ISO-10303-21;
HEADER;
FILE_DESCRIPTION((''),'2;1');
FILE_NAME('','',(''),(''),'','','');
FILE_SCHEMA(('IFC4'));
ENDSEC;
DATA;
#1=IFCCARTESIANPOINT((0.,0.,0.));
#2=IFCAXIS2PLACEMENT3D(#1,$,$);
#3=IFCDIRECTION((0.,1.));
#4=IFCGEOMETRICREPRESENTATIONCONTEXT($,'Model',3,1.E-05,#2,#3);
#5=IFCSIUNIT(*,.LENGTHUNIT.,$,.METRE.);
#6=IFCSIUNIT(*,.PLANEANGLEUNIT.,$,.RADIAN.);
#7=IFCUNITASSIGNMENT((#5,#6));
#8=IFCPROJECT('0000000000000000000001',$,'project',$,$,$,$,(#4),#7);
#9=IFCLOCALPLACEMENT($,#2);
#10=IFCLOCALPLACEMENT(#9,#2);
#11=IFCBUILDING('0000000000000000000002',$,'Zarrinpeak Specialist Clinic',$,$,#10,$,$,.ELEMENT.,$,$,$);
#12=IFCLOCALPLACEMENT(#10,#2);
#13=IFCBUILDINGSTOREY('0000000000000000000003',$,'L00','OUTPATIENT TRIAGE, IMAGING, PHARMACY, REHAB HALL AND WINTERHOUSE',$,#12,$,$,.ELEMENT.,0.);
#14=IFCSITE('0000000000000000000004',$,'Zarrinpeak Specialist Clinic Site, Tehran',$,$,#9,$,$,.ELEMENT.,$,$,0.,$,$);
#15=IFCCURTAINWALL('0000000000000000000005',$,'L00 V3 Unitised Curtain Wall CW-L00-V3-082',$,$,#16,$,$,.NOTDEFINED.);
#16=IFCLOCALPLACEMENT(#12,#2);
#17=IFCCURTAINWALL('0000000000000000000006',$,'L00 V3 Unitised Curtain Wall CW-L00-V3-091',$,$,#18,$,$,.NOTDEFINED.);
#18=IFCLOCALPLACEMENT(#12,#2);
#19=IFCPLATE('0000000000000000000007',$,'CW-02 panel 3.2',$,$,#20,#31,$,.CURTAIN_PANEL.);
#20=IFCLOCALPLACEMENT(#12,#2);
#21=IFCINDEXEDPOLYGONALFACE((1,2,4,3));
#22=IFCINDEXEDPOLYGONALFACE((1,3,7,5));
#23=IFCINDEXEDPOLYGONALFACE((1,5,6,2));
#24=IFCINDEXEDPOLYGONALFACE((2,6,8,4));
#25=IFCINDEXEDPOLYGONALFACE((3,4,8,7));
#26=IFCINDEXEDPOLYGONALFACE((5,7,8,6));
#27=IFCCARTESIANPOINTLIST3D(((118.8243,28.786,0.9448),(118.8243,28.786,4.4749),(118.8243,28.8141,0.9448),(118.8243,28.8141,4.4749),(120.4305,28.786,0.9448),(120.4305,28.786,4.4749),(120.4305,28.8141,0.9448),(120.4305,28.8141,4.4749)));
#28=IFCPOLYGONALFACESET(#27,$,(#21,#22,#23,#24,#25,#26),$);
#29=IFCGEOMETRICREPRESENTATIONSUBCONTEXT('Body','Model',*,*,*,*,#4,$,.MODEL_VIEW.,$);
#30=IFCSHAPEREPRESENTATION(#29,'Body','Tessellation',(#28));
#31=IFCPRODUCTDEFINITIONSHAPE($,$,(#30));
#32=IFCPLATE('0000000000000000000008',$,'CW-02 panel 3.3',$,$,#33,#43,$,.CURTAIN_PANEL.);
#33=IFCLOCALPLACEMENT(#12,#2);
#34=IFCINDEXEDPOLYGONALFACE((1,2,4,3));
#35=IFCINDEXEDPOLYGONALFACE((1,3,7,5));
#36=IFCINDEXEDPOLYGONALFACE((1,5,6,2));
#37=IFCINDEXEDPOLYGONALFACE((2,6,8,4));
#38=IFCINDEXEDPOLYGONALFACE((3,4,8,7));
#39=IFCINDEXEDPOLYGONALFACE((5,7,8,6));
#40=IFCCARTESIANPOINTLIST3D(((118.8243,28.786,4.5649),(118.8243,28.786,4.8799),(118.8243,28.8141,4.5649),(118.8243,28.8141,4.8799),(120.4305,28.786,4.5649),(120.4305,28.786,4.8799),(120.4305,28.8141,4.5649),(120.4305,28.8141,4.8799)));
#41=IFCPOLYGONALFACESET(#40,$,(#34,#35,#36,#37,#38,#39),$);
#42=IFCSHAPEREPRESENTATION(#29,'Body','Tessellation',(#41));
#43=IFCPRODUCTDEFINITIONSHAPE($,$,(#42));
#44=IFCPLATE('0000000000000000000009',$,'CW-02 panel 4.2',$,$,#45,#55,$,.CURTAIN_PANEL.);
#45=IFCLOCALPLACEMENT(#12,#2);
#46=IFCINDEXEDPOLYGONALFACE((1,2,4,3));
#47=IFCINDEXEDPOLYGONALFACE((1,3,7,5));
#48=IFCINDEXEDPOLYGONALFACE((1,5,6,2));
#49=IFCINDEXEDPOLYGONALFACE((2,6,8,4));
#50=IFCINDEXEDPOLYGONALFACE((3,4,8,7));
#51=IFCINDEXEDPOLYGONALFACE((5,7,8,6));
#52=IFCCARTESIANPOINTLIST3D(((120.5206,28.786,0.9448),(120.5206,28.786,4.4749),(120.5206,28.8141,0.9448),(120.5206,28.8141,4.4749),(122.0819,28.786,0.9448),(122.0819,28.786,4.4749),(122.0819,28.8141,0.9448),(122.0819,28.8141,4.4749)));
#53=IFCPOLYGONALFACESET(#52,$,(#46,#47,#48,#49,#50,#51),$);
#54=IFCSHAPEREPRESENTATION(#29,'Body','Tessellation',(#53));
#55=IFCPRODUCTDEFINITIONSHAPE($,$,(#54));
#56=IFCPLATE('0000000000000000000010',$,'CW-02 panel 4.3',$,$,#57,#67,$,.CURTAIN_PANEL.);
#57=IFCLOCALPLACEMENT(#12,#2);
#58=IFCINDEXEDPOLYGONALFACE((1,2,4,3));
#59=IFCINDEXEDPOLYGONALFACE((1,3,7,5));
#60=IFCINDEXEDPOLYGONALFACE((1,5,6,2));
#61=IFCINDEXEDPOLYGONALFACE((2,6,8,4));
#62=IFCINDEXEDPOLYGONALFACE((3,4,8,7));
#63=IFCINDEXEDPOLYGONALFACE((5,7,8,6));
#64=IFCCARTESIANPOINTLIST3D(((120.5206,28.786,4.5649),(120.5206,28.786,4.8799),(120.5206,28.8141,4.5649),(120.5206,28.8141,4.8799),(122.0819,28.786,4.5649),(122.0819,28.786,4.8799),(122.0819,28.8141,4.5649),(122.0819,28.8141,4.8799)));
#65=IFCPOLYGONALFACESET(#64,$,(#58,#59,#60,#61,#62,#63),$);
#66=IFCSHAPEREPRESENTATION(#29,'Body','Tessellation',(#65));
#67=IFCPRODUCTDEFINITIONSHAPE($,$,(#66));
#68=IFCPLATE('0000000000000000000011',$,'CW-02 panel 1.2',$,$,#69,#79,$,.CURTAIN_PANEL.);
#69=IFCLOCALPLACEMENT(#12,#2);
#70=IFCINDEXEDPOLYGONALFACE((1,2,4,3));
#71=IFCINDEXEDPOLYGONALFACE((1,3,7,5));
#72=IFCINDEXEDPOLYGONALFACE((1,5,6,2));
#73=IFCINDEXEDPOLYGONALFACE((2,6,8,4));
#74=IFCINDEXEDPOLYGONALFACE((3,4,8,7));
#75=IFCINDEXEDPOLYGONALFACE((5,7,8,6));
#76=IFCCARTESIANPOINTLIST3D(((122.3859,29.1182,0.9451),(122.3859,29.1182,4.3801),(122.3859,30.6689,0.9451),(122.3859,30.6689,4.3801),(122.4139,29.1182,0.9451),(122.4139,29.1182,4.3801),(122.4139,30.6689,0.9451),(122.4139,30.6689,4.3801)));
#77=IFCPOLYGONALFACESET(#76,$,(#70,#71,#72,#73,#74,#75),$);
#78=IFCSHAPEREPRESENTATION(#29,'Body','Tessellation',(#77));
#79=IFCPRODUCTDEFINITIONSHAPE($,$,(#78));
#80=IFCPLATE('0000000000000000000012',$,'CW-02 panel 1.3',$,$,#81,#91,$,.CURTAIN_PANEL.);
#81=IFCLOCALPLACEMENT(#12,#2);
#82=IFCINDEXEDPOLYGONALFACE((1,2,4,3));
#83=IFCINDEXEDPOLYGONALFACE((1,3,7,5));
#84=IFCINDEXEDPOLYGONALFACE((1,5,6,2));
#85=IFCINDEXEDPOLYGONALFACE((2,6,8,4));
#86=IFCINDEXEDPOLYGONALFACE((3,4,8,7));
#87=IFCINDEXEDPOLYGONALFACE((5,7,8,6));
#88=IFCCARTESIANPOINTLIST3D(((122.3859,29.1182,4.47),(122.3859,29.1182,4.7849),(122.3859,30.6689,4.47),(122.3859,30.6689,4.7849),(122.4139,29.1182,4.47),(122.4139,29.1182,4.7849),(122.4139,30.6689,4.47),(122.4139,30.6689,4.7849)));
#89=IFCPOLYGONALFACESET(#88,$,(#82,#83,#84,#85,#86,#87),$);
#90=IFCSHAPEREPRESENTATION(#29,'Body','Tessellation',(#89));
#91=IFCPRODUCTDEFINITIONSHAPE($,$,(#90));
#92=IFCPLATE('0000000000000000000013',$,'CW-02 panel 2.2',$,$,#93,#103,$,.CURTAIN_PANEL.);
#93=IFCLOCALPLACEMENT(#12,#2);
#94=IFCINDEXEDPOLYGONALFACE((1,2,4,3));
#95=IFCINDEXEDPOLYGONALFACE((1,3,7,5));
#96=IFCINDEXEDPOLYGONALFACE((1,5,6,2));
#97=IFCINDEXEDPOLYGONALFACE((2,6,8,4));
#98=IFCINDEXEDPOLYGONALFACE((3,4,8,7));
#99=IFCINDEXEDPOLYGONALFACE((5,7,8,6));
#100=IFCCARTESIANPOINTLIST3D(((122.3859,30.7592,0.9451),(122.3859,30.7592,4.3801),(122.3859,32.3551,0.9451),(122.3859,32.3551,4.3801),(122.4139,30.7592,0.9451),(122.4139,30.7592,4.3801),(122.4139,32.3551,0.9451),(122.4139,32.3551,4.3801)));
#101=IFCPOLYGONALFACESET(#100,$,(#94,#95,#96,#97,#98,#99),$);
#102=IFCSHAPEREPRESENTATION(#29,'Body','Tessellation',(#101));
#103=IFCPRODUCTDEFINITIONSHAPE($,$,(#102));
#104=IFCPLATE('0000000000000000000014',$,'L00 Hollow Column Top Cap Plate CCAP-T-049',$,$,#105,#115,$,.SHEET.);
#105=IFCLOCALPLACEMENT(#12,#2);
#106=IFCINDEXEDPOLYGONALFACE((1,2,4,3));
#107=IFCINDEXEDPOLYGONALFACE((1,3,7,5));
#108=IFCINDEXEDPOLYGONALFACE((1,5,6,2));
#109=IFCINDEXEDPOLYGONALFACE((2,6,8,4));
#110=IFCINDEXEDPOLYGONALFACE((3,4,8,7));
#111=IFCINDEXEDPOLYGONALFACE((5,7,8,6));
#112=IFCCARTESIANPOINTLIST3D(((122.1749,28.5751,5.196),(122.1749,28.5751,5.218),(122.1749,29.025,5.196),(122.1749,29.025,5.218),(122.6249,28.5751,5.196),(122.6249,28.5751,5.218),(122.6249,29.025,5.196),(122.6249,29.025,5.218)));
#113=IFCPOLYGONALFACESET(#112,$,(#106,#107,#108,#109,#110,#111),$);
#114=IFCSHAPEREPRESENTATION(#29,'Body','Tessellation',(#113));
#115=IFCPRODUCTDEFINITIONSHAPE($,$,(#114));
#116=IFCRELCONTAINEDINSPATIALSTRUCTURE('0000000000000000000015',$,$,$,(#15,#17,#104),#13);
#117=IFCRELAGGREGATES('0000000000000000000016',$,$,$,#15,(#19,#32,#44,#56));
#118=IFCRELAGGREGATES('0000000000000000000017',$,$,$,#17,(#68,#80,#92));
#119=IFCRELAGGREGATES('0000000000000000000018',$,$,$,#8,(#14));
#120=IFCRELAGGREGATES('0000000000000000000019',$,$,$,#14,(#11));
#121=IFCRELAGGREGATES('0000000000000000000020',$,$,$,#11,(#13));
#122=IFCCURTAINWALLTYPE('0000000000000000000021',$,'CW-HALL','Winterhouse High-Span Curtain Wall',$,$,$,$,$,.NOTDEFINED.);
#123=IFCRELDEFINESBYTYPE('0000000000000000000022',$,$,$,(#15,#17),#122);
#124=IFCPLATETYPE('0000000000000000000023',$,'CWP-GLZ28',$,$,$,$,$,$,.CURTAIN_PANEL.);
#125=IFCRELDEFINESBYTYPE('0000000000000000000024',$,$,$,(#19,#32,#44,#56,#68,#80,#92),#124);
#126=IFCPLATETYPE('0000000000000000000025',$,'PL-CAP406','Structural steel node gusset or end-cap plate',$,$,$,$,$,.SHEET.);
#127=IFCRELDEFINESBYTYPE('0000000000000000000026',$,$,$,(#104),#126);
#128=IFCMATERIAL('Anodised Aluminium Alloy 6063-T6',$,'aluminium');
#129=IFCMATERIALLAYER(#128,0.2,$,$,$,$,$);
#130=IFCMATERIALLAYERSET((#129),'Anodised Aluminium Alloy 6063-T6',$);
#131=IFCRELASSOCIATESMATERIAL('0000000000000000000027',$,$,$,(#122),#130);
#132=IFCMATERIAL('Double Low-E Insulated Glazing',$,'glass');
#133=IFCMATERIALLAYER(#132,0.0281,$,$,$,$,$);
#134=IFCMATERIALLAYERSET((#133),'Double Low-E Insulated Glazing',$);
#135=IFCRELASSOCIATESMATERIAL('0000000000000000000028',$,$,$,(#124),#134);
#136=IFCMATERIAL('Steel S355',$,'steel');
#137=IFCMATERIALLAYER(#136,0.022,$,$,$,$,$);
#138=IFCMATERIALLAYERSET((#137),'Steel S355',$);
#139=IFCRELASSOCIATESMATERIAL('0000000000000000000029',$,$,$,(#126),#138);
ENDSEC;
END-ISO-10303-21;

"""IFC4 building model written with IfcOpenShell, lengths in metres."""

from ifc_helpers import new_model, si_unit, direction, frame, origin, origin_2d, place, context, subcontext, project, spatial, rectangle, extrude, material, layer, layer_set, type_object, element, aggregate, save


model = new_model("IFC4")

# Units and contexts
model_context = context("Model", 3, precision=1e-05, world=origin(), true_north=direction((0.0, 1.0)))
body_context = subcontext(model_context, "Body", "Model", "MODEL_VIEW")
ifc_project = project(units=[si_unit("LENGTHUNIT", "METRE"), si_unit("PLANEANGLEUNIT", "RADIAN")], contexts=[model_context])

# Site, building, storey
site_placement = place(None, origin())
site = spatial("IfcSite", under=ifc_project, at=site_placement, Name="Zarrinpeak Specialist Clinic Site, Tehran", CompositionType="ELEMENT", RefElevation=0.0)
building_placement = place(site_placement, origin())
building = spatial("IfcBuilding", under=site, at=building_placement, Name="Zarrinpeak Specialist Clinic", CompositionType="ELEMENT")
storey_placement = place(building_placement, origin())
storey = spatial("IfcBuildingStorey", under=building, at=storey_placement, Name="L00", Description="OUTPATIENT TRIAGE, IMAGING, PHARMACY, REHAB HALL AND WINTERHOUSE", CompositionType="ELEMENT", Elevation=0.0)

# Curtain walls
ifc_material_1 = material(Name="Anodised Aluminium Alloy 6063-T6", Category="aluminium")
ifc_layer_1 = layer(ifc_material_1, 0.2)
ifc_layer_set_1 = layer_set([ifc_layer_1], Name="Anodised Aluminium Alloy 6063-T6")
curtain_wall_type = type_object("IfcCurtainWallType", Name="CW-HALL", Description="Winterhouse High-Span Curtain Wall", PredefinedType="NOTDEFINED", material=ifc_layer_set_1)
curtain_wall_1_placement = place(storey_placement, origin())
curtain_wall_1 = element("IfcCurtainWall", 1, at=curtain_wall_1_placement, inside=storey, type_object=curtain_wall_type, Name="L00 V3 Unitised Curtain Wall CW-L00-V3-082", PredefinedType="NOTDEFINED")
curtain_wall_2_placement = place(storey_placement, origin())
curtain_wall_2 = element("IfcCurtainWall", 2, at=curtain_wall_2_placement, inside=storey, type_object=curtain_wall_type, Name="L00 V3 Unitised Curtain Wall CW-L00-V3-091", PredefinedType="NOTDEFINED")

# Plates
ifc_material_2 = material(Name="Double Low-E Insulated Glazing", Category="glass")
ifc_layer_2 = layer(ifc_material_2, 0.0281)
ifc_layer_set_2 = layer_set([ifc_layer_2], Name="Double Low-E Insulated Glazing")
plate_type_1 = type_object("IfcPlateType", Name="CWP-GLZ28", PredefinedType="CURTAIN_PANEL", material=ifc_layer_set_2)
plate_1_placement = place(storey_placement, frame((119.6274, 28.8, 0.9448), z_axis=(0.0, 0.0, 1.0), x_axis=(1.0, 0.0, 0.0)))
plate_1 = element("IfcPlate", 3, at=plate_1_placement, type_object=plate_type_1, Name="CW-02 panel 3.2", PredefinedType="CURTAIN_PANEL", context=body_context, shape_type="SweptSolid", body=[
    extrude(rectangle(XDim=1.6062, YDim=0.0281, at=origin_2d()), origin(), (0.0, 0.0, 1.0), 3.53),
])
plate_2_placement = place(storey_placement, frame((119.6274, 28.8, 4.5649), z_axis=(0.0, 0.0, 1.0), x_axis=(1.0, 0.0, 0.0)))
plate_2 = element("IfcPlate", 4, at=plate_2_placement, type_object=plate_type_1, Name="CW-02 panel 3.3", PredefinedType="CURTAIN_PANEL", context=body_context, shape_type="SweptSolid", body=[
    extrude(rectangle(XDim=1.6062, YDim=0.0281, at=origin_2d()), origin(), (0.0, 0.0, 1.0), 0.3149),
])
plate_3_placement = place(storey_placement, frame((121.3013, 28.8, 0.9448), z_axis=(0.0, 0.0, 1.0), x_axis=(1.0, 0.0, 0.0)))
plate_3 = element("IfcPlate", 5, at=plate_3_placement, type_object=plate_type_1, Name="CW-02 panel 4.2", PredefinedType="CURTAIN_PANEL", context=body_context, shape_type="SweptSolid", body=[
    extrude(rectangle(XDim=1.5613, YDim=0.0281, at=origin_2d()), origin(), (0.0, 0.0, 1.0), 3.53),
])
plate_4_placement = place(storey_placement, frame((121.3013, 28.8, 4.5649), z_axis=(0.0, 0.0, 1.0), x_axis=(1.0, 0.0, 0.0)))
plate_4 = element("IfcPlate", 6, at=plate_4_placement, type_object=plate_type_1, Name="CW-02 panel 4.3", PredefinedType="CURTAIN_PANEL", context=body_context, shape_type="SweptSolid", body=[
    extrude(rectangle(XDim=1.5613, YDim=0.0281, at=origin_2d()), origin(), (0.0, 0.0, 1.0), 0.3149),
])
aggregate(curtain_wall_1, [plate_1, plate_2, plate_3, plate_4])
plate_5_placement = place(storey_placement, frame((122.3999, 29.8936, 0.9451), z_axis=(0.0, 0.0, 1.0), x_axis=(0.0, 1.0, 0.0)))
plate_5 = element("IfcPlate", 7, at=plate_5_placement, type_object=plate_type_1, Name="CW-02 panel 1.2", PredefinedType="CURTAIN_PANEL", context=body_context, shape_type="SweptSolid", body=[
    extrude(rectangle(XDim=1.5508, YDim=0.0281, at=origin_2d()), origin(), (0.0, 0.0, 1.0), 3.4351),
])
plate_6_placement = place(storey_placement, frame((122.3999, 29.8936, 4.47), z_axis=(0.0, 0.0, 1.0), x_axis=(0.0, 1.0, 0.0)))
plate_6 = element("IfcPlate", 8, at=plate_6_placement, type_object=plate_type_1, Name="CW-02 panel 1.3", PredefinedType="CURTAIN_PANEL", context=body_context, shape_type="SweptSolid", body=[
    extrude(rectangle(XDim=1.5508, YDim=0.0281, at=origin_2d()), origin(), (0.0, 0.0, 1.0), 0.3149),
])
plate_7_placement = place(storey_placement, frame((122.3999, 31.5571, 0.9451), z_axis=(0.0, 0.0, 1.0), x_axis=(0.0, 1.0, 0.0)))
plate_7 = element("IfcPlate", 9, at=plate_7_placement, type_object=plate_type_1, Name="CW-02 panel 2.2", PredefinedType="CURTAIN_PANEL", context=body_context, shape_type="SweptSolid", body=[
    extrude(rectangle(XDim=1.5959, YDim=0.0281, at=origin_2d()), origin(), (0.0, 0.0, 1.0), 3.4351),
])
aggregate(curtain_wall_2, [plate_5, plate_6, plate_7])
ifc_material_3 = material(Name="Steel S355", Category="steel")
ifc_layer_3 = layer(ifc_material_3, 0.022)
ifc_layer_set_3 = layer_set([ifc_layer_3], Name="Steel S355")
plate_type_2 = type_object("IfcPlateType", Name="PL-CAP406", Description="Structural steel node gusset or end-cap plate", PredefinedType="SHEET", material=ifc_layer_set_3)
plate_8_placement = place(storey_placement, frame((122.3999, 28.8, 5.196), z_axis=(0.0, 0.0, 1.0), x_axis=(1.0, 0.0, 0.0)))
element("IfcPlate", 10, at=plate_8_placement, inside=storey, type_object=plate_type_2, Name="L00 Hollow Column Top Cap Plate CCAP-T-049", PredefinedType="SHEET", context=body_context, shape_type="SweptSolid", body=[
    extrude(rectangle(XDim=0.45, YDim=0.45, at=origin_2d()), origin(), (0.0, 0.0, 1.0), 0.022),
])

save(model, "model.ifc")
